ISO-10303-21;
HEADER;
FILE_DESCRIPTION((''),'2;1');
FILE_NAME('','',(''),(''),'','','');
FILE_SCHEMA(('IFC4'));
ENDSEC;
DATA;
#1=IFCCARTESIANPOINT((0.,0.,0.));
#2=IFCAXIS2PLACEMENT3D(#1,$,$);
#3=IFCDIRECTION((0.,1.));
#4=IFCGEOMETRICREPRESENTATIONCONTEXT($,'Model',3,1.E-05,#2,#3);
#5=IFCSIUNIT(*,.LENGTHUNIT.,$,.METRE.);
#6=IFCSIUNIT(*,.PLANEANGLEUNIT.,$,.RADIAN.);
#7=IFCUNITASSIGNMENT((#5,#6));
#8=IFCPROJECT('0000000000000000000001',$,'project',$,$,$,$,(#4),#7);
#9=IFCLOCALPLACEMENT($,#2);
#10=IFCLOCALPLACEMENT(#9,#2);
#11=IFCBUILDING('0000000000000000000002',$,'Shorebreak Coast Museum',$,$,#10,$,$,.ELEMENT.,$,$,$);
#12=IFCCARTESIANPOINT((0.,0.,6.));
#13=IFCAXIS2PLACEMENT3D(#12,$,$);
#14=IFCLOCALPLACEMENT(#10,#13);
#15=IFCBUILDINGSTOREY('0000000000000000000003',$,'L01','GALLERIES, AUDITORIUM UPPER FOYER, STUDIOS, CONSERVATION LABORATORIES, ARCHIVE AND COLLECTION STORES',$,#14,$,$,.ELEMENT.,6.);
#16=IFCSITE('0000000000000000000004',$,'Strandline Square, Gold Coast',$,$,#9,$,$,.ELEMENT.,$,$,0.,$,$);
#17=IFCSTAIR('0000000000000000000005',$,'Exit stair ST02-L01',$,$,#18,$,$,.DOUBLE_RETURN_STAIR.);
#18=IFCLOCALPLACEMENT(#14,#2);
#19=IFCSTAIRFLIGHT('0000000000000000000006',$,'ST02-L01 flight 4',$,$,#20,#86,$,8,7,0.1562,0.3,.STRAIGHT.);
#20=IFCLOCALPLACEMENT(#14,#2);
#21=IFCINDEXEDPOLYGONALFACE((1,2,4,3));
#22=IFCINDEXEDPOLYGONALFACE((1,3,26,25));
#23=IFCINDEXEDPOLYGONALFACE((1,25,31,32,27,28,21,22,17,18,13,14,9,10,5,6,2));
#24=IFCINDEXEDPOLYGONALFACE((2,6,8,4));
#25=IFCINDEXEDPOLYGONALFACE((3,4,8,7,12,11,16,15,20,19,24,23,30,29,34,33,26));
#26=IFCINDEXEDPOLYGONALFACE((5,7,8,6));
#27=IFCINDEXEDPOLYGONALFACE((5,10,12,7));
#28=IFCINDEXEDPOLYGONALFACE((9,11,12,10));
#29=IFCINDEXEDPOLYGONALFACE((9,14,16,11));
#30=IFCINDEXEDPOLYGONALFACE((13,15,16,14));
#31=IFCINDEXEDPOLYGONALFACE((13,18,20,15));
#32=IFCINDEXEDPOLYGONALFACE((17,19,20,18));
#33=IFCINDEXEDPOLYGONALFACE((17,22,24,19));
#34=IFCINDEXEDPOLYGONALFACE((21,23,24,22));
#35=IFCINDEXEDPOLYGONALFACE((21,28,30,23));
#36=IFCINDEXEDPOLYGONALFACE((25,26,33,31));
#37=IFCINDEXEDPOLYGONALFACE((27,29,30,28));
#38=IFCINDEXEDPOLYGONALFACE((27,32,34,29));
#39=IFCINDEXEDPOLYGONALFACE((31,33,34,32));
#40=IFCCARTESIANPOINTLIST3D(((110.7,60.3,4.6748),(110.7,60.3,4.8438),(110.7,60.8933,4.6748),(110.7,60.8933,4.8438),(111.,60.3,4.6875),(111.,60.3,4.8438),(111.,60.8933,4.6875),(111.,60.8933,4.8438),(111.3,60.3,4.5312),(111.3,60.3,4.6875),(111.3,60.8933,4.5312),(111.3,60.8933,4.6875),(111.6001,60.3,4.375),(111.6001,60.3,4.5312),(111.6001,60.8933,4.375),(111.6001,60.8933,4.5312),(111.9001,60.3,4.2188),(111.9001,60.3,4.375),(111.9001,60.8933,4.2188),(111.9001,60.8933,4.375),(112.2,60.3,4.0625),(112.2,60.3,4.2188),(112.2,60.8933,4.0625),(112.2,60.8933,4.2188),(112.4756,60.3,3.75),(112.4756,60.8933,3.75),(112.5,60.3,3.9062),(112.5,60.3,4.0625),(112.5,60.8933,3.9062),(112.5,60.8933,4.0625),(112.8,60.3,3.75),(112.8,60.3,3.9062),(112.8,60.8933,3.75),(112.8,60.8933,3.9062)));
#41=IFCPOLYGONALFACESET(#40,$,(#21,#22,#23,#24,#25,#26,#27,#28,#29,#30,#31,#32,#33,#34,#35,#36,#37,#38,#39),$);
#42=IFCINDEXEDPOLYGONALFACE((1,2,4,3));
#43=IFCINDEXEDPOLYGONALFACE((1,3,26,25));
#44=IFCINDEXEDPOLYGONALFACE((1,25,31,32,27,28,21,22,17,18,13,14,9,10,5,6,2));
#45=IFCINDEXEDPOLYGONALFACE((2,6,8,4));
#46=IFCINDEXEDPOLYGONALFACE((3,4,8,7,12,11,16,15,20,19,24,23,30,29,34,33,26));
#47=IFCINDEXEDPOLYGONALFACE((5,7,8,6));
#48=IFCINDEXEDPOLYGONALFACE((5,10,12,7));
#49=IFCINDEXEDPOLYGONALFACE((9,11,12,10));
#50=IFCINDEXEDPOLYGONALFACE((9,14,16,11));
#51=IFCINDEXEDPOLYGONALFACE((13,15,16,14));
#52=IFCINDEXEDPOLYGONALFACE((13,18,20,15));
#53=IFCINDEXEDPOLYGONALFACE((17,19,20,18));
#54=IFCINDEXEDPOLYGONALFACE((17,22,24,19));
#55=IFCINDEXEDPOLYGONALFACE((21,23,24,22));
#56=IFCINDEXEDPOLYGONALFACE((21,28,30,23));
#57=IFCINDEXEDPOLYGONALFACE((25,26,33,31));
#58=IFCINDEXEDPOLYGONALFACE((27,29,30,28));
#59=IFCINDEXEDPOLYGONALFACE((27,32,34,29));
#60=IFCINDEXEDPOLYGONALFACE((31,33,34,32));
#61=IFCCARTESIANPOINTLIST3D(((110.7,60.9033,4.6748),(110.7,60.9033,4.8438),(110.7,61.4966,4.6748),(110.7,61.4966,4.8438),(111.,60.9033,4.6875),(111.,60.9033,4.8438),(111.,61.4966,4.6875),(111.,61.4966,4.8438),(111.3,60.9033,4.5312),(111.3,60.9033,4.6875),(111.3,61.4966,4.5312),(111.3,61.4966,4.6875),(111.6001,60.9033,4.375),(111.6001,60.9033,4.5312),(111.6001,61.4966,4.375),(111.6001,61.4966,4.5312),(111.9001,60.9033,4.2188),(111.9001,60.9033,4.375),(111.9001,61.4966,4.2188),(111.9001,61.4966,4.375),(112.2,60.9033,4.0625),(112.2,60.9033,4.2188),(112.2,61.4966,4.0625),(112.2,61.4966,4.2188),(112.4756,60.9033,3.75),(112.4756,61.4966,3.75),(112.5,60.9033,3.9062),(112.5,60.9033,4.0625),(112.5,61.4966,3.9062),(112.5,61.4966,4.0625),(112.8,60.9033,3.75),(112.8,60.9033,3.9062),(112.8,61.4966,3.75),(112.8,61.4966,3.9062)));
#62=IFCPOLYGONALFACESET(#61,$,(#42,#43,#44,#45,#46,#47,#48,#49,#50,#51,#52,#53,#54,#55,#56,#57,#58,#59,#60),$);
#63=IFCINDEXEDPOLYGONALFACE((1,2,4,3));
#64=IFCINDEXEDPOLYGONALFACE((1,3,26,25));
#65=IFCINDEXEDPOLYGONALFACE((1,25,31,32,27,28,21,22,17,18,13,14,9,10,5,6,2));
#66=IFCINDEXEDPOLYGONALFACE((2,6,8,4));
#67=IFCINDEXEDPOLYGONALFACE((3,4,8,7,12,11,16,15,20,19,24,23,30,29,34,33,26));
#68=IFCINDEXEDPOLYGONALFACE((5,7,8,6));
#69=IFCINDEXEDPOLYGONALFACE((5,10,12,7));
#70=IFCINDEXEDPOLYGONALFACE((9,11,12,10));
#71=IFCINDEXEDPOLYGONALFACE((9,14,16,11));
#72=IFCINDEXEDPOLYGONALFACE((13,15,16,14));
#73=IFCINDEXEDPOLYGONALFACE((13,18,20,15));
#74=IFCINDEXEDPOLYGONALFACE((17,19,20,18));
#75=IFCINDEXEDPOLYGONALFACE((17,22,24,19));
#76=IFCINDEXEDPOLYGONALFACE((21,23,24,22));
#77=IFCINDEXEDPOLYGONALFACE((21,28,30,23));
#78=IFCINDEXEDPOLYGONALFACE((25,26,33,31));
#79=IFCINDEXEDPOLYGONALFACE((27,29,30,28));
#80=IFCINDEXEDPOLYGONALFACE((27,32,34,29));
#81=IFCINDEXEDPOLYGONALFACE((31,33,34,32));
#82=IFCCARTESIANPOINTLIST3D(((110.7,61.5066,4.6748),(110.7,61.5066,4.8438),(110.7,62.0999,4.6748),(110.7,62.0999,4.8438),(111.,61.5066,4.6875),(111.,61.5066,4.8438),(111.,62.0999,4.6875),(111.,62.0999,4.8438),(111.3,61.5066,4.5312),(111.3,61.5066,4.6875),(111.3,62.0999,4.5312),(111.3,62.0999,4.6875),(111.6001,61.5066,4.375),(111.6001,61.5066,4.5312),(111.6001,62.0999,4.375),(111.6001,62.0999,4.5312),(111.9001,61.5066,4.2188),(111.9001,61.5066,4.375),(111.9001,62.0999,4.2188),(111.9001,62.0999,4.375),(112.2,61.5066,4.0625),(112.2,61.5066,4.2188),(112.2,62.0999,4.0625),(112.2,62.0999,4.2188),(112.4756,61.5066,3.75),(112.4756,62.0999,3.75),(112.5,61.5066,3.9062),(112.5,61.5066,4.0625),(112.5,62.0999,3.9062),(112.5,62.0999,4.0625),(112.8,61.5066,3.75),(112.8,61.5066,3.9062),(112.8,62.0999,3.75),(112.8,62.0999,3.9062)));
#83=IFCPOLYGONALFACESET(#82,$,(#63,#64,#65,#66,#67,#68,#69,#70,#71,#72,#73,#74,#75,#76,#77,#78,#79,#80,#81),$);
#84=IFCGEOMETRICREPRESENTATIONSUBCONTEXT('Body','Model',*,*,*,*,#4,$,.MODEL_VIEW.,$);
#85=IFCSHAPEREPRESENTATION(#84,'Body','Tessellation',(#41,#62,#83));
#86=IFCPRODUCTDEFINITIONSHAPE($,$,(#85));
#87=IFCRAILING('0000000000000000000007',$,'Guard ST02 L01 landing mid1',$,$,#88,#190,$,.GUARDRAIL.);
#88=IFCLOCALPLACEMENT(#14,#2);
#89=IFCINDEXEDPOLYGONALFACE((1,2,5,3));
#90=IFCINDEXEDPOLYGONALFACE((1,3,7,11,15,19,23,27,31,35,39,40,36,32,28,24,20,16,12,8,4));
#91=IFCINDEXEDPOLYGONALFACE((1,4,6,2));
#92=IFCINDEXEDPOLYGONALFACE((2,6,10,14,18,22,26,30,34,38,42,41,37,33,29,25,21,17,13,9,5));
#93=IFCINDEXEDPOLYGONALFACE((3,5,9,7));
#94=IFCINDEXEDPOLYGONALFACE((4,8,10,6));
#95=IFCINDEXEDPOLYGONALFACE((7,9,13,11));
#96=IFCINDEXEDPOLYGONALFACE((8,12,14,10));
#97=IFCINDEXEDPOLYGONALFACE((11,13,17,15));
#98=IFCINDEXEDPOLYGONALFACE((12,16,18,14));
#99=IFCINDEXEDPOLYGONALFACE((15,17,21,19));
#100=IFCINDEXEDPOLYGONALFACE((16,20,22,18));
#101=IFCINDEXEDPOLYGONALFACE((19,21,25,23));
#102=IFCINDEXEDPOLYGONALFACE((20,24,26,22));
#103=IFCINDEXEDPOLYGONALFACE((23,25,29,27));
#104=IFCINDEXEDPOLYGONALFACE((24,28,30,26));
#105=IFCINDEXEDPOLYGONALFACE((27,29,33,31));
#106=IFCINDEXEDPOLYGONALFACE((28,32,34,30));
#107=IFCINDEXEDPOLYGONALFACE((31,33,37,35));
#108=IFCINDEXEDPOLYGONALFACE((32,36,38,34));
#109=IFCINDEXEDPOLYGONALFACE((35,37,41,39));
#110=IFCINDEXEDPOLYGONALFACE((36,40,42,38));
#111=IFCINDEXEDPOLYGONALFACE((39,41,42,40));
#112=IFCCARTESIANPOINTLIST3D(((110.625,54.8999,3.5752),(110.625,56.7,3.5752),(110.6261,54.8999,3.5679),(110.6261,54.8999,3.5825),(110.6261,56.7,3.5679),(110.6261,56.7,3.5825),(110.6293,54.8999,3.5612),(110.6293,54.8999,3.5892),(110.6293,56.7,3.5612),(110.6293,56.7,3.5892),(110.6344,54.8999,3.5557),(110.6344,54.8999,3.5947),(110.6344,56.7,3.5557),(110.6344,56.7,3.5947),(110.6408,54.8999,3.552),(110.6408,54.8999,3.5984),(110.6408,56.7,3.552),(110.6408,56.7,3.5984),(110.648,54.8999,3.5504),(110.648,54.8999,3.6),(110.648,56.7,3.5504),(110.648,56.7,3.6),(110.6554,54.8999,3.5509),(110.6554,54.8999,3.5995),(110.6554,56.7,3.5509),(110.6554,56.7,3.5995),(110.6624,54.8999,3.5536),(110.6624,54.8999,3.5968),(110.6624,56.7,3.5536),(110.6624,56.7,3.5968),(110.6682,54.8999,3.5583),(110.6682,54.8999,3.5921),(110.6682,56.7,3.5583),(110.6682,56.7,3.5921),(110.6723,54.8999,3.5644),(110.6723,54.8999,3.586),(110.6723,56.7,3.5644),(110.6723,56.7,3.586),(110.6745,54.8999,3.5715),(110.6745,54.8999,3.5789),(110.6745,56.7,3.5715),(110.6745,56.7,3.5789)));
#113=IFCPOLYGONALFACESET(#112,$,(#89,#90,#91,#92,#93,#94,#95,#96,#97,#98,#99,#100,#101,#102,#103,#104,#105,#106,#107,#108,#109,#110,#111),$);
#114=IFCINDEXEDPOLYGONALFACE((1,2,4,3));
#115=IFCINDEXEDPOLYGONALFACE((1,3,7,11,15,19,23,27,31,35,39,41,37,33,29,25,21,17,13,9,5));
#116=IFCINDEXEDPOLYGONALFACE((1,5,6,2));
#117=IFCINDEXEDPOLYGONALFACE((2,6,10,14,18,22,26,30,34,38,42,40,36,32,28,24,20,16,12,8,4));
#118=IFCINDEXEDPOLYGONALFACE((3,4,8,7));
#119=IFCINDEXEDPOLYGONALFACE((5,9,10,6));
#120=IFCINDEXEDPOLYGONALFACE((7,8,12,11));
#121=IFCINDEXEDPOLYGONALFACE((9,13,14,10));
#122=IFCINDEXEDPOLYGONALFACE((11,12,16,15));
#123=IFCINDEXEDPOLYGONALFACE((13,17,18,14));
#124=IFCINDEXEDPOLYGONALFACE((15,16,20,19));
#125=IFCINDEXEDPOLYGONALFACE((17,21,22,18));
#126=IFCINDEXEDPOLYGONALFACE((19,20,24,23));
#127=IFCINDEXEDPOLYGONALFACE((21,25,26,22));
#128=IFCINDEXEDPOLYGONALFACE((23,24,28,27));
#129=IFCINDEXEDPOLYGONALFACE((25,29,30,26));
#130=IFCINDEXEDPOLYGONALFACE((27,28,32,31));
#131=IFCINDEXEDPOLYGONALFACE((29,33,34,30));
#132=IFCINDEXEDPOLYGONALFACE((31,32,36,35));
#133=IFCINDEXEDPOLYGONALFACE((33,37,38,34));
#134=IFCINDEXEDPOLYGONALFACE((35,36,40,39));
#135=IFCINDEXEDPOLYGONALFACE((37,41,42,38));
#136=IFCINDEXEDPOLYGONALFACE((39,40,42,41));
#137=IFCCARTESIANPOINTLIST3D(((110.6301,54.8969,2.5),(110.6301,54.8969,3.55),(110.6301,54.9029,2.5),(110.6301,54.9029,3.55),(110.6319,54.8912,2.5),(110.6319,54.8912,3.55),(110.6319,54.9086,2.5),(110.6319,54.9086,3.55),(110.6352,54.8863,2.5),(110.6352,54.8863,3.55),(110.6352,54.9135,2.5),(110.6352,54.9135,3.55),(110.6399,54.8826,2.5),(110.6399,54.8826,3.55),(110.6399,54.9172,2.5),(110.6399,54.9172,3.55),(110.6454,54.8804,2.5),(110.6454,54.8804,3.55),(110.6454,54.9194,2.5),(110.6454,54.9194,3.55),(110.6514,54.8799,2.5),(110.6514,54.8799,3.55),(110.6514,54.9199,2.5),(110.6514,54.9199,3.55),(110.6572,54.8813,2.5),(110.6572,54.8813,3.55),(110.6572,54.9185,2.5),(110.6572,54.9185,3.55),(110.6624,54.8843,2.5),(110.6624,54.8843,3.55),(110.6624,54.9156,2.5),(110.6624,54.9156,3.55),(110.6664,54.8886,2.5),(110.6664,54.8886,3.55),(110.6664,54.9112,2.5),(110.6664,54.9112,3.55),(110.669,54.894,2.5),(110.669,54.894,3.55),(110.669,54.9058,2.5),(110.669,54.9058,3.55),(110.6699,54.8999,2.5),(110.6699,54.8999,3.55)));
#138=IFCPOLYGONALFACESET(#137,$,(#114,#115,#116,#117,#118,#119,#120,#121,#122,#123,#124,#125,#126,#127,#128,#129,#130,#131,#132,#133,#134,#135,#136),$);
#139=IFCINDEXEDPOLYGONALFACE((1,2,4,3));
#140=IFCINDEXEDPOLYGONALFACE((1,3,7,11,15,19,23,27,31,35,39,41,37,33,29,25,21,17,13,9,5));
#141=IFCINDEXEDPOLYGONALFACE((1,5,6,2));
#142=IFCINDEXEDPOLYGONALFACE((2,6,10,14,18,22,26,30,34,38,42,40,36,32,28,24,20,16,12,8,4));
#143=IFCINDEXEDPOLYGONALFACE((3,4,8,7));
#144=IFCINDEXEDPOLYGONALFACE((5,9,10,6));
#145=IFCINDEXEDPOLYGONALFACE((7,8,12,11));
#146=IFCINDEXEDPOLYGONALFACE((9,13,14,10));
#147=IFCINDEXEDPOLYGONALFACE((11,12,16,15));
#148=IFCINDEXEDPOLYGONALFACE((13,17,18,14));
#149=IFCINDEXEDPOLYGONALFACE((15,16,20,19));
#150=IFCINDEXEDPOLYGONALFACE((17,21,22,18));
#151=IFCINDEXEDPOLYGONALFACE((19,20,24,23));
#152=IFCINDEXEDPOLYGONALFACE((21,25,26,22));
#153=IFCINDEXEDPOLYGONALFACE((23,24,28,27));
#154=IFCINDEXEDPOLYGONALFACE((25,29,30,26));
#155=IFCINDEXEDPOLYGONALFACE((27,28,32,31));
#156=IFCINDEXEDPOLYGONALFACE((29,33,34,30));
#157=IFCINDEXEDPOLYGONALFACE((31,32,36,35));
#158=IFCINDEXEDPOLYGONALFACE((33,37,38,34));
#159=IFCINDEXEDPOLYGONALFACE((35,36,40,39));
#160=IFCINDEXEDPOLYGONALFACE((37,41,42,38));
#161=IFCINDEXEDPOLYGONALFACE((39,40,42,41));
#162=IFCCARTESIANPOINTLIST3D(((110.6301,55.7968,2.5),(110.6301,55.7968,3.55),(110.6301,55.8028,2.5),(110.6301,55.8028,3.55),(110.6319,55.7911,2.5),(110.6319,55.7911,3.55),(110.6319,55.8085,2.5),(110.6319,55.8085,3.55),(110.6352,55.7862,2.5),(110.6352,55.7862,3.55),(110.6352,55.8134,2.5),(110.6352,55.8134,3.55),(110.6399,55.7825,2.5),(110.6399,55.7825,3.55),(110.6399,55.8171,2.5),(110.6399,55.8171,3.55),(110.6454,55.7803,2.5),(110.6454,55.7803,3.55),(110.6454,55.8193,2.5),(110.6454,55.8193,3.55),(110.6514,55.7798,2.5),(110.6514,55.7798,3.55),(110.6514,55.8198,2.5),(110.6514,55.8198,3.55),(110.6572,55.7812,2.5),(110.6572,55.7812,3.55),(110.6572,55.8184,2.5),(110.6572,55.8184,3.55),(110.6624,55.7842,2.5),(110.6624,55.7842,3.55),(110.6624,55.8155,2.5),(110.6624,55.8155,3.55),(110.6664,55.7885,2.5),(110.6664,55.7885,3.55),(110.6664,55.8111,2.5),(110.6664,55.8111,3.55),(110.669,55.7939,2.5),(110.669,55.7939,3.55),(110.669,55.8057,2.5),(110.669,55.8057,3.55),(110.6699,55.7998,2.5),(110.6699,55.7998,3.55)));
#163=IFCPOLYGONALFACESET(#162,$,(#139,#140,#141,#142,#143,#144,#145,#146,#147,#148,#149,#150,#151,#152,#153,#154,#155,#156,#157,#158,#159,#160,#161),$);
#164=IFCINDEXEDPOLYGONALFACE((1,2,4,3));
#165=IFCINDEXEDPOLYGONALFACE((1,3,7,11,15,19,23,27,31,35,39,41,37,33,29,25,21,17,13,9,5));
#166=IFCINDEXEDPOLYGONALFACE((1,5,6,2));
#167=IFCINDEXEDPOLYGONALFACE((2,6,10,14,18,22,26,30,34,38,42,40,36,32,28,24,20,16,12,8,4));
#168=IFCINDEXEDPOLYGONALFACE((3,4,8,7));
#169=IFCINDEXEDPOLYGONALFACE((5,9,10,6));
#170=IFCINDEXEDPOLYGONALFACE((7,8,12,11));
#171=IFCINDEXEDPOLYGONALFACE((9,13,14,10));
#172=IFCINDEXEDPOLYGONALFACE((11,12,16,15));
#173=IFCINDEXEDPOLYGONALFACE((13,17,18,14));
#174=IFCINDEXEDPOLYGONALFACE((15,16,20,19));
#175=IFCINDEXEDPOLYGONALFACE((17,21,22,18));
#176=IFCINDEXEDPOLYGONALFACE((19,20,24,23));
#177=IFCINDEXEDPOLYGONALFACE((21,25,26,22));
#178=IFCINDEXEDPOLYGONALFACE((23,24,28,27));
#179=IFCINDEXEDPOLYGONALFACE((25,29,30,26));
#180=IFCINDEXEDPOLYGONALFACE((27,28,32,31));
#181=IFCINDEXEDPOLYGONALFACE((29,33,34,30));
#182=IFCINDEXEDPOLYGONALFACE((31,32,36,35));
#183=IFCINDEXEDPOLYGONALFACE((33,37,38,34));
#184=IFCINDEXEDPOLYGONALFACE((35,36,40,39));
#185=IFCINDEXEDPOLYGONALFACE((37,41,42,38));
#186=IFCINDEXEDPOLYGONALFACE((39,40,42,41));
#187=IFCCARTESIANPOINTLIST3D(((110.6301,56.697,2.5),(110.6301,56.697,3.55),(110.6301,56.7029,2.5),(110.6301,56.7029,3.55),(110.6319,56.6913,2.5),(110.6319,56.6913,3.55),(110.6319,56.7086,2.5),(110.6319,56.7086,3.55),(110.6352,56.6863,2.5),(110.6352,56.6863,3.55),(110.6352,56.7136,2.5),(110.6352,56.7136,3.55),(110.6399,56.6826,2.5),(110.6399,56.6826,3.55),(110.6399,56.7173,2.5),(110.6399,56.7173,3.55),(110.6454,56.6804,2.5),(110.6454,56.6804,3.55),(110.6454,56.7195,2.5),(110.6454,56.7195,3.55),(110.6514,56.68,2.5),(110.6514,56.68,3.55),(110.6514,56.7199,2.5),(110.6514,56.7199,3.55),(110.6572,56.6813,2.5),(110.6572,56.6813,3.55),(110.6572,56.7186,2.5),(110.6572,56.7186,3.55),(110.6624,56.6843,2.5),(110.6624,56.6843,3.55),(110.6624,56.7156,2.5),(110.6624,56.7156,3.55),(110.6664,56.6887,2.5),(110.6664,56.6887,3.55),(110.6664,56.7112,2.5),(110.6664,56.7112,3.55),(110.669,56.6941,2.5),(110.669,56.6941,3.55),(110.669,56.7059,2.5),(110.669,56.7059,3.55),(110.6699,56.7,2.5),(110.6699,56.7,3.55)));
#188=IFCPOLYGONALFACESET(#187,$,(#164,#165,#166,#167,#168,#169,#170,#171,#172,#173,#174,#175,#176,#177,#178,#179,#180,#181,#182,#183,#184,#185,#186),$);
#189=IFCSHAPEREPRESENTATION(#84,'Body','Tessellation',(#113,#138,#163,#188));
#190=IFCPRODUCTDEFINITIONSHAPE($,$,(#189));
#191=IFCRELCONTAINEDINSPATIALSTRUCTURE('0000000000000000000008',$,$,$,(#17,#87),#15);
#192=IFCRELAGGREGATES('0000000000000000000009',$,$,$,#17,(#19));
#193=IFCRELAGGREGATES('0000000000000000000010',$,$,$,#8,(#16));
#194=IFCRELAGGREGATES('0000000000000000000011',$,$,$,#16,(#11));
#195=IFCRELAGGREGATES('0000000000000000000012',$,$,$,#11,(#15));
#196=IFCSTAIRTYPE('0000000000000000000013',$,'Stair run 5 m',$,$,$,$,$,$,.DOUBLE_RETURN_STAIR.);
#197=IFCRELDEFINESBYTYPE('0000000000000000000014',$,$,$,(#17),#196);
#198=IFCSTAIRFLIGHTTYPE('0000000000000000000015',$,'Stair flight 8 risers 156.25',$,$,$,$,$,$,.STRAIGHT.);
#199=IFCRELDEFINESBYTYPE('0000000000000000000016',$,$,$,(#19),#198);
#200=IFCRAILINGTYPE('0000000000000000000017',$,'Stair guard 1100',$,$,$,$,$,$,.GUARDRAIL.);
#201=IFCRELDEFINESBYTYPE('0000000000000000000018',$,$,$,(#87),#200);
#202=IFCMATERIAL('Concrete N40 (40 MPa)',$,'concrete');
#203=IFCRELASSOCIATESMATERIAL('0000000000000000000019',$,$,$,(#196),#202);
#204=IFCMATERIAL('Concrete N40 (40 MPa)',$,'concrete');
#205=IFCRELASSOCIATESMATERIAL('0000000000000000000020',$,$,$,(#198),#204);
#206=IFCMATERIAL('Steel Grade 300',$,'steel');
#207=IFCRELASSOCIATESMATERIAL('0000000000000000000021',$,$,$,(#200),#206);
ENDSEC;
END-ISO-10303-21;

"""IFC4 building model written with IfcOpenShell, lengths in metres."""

from ifc_helpers import new_model, si_unit, direction, frame, origin, origin_2d, place, context, subcontext, project, spatial, polyline, circle, outline, extrude, material, type_object, element, aggregate, save


model = new_model("IFC4")

# Units and contexts
model_context = context("Model", 3, precision=1e-05, world=origin(), true_north=direction((0.0, 1.0)))
body_context = subcontext(model_context, "Body", "Model", "MODEL_VIEW")
ifc_project = project(units=[si_unit("LENGTHUNIT", "METRE"), si_unit("PLANEANGLEUNIT", "RADIAN")], contexts=[model_context])

# Site, building, storey
site_placement = place(None, origin())
site = spatial("IfcSite", under=ifc_project, at=site_placement, Name="Strandline Square, Gold Coast", CompositionType="ELEMENT", RefElevation=0.0)
building_placement = place(site_placement, origin())
building = spatial("IfcBuilding", under=site, at=building_placement, Name="Shorebreak Coast Museum", CompositionType="ELEMENT")
storey_placement = place(building_placement, frame((0.0, 0.0, 6.0)))
storey = spatial("IfcBuildingStorey", under=building, at=storey_placement, Name="L01", Description="GALLERIES, AUDITORIUM UPPER FOYER, STUDIOS, CONSERVATION LABORATORIES, ARCHIVE AND COLLECTION STORES", CompositionType="ELEMENT", Elevation=6.0)

# Stair, stair flight
ifc_material_1 = material(Name="Concrete N40 (40 MPa)", Category="concrete")
stair_type = type_object("IfcStairType", Name="Stair run 5 m", PredefinedType="DOUBLE_RETURN_STAIR", material=ifc_material_1)
stair_placement = place(storey_placement, origin())
stair = element("IfcStair", 1, at=stair_placement, inside=storey, type_object=stair_type, Name="Exit stair ST02-L01", PredefinedType="DOUBLE_RETURN_STAIR")
ifc_material_2 = material(Name="Concrete N40 (40 MPa)", Category="concrete")
stair_flight_type = type_object("IfcStairFlightType", Name="Stair flight 8 risers 156.25", PredefinedType="STRAIGHT", material=ifc_material_2)
stair_flight_1_placement = place(storey_placement, frame((112.8, 61.2, 3.75), z_axis=(0.0, 0.0, 1.0), x_axis=(-1.0, 0.0, 0.0)))
stair_flight_1 = element("IfcStairFlight", 2, at=stair_flight_1_placement, type_object=stair_flight_type, Name="ST02-L01 flight 4", NumberOfRisers=8, NumberOfTreads=7, PredefinedType="STRAIGHT", RiserHeight=0.1562, TreadLength=0.3, context=body_context, shape_type="SweptSolid", body=[
    extrude(outline(polyline([(0.0, 0.0), (0.0, 0.1562), (0.3, 0.1562), (0.3, 0.3125), (0.6001, 0.3125), (0.6001, 0.4688), (0.8999, 0.4688), (0.8999, 0.625), (1.2, 0.625), (1.2, 0.7812), (1.5, 0.7812), (1.5, 0.9375), (1.8, 0.9375), (1.8, 1.0938), (2.1001, 1.0938), (2.1001, 1.25), (2.1001, 0.9248), (0.3245, 0.0), (0.0, 0.0)])), frame((0.0, 0.8999, 0.0), z_axis=(0.0, -1.0, 0.0), x_axis=(1.0, 0.0, 0.0)), (0.0, 0.0, 1.0), 0.5933),
    extrude(outline(polyline([(0.0, 0.0), (0.0, 0.1562), (0.3, 0.1562), (0.3, 0.3125), (0.6001, 0.3125), (0.6001, 0.4688), (0.8999, 0.4688), (0.8999, 0.625), (1.2, 0.625), (1.2, 0.7812), (1.5, 0.7812), (1.5, 0.9375), (1.8, 0.9375), (1.8, 1.0938), (2.1001, 1.0938), (2.1001, 1.25), (2.1001, 0.9248), (0.3245, 0.0), (0.0, 0.0)])), frame((0.0, 0.2966, 0.0), z_axis=(0.0, -1.0, 0.0), x_axis=(1.0, 0.0, 0.0)), (0.0, 0.0, 1.0), 0.5933),
    extrude(outline(polyline([(0.0, 0.0), (0.0, 0.1562), (0.3, 0.1562), (0.3, 0.3125), (0.6001, 0.3125), (0.6001, 0.4688), (0.8999, 0.4688), (0.8999, 0.625), (1.2, 0.625), (1.2, 0.7812), (1.5, 0.7812), (1.5, 0.9375), (1.8, 0.9375), (1.8, 1.0938), (2.1001, 1.0938), (2.1001, 1.25), (2.1001, 0.9248), (0.3245, 0.0), (0.0, 0.0)])), frame((0.0, -0.3066, 0.0), z_axis=(0.0, -1.0, 0.0), x_axis=(1.0, 0.0, 0.0)), (0.0, 0.0, 1.0), 0.5933),
])
aggregate(stair, [stair_flight_1])

# Railing
ifc_material_3 = material(Name="Steel Grade 300", Category="steel")
railing_type_1 = type_object("IfcRailingType", Name="Stair guard 1100", PredefinedType="GUARDRAIL", material=ifc_material_3)
for number, where, name in (
    (3, (110.6499, 54.8999, 2.5), "Guard ST02 L01 landing mid1"),
):
    element("IfcRailing", number, at=place(storey_placement, frame(where)), inside=storey, type_object=railing_type_1, Name=name, PredefinedType="GUARDRAIL", context=body_context, shape_type="SweptSolid", body=[
        extrude(circle(Radius=0.0249, at=origin_2d()), frame((0.0, 0.0, 1.0752), z_axis=(0.0, 1.0, 0.0), x_axis=(-1.0, 0.0, 0.0)), (0.0, 0.0, 1.0), 1.8),
        extrude(circle(Radius=0.02, at=origin_2d()), origin(), (0.0, 0.0, 1.0), 1.05),
        extrude(circle(Radius=0.02, at=origin_2d()), frame((0.0, 0.8999, 0.0)), (0.0, 0.0, 1.0), 1.05),
        extrude(circle(Radius=0.02, at=origin_2d()), frame((0.0, 1.8, 0.0)), (0.0, 0.0, 1.0), 1.05),
    ])

save(model, "model.ifc")
